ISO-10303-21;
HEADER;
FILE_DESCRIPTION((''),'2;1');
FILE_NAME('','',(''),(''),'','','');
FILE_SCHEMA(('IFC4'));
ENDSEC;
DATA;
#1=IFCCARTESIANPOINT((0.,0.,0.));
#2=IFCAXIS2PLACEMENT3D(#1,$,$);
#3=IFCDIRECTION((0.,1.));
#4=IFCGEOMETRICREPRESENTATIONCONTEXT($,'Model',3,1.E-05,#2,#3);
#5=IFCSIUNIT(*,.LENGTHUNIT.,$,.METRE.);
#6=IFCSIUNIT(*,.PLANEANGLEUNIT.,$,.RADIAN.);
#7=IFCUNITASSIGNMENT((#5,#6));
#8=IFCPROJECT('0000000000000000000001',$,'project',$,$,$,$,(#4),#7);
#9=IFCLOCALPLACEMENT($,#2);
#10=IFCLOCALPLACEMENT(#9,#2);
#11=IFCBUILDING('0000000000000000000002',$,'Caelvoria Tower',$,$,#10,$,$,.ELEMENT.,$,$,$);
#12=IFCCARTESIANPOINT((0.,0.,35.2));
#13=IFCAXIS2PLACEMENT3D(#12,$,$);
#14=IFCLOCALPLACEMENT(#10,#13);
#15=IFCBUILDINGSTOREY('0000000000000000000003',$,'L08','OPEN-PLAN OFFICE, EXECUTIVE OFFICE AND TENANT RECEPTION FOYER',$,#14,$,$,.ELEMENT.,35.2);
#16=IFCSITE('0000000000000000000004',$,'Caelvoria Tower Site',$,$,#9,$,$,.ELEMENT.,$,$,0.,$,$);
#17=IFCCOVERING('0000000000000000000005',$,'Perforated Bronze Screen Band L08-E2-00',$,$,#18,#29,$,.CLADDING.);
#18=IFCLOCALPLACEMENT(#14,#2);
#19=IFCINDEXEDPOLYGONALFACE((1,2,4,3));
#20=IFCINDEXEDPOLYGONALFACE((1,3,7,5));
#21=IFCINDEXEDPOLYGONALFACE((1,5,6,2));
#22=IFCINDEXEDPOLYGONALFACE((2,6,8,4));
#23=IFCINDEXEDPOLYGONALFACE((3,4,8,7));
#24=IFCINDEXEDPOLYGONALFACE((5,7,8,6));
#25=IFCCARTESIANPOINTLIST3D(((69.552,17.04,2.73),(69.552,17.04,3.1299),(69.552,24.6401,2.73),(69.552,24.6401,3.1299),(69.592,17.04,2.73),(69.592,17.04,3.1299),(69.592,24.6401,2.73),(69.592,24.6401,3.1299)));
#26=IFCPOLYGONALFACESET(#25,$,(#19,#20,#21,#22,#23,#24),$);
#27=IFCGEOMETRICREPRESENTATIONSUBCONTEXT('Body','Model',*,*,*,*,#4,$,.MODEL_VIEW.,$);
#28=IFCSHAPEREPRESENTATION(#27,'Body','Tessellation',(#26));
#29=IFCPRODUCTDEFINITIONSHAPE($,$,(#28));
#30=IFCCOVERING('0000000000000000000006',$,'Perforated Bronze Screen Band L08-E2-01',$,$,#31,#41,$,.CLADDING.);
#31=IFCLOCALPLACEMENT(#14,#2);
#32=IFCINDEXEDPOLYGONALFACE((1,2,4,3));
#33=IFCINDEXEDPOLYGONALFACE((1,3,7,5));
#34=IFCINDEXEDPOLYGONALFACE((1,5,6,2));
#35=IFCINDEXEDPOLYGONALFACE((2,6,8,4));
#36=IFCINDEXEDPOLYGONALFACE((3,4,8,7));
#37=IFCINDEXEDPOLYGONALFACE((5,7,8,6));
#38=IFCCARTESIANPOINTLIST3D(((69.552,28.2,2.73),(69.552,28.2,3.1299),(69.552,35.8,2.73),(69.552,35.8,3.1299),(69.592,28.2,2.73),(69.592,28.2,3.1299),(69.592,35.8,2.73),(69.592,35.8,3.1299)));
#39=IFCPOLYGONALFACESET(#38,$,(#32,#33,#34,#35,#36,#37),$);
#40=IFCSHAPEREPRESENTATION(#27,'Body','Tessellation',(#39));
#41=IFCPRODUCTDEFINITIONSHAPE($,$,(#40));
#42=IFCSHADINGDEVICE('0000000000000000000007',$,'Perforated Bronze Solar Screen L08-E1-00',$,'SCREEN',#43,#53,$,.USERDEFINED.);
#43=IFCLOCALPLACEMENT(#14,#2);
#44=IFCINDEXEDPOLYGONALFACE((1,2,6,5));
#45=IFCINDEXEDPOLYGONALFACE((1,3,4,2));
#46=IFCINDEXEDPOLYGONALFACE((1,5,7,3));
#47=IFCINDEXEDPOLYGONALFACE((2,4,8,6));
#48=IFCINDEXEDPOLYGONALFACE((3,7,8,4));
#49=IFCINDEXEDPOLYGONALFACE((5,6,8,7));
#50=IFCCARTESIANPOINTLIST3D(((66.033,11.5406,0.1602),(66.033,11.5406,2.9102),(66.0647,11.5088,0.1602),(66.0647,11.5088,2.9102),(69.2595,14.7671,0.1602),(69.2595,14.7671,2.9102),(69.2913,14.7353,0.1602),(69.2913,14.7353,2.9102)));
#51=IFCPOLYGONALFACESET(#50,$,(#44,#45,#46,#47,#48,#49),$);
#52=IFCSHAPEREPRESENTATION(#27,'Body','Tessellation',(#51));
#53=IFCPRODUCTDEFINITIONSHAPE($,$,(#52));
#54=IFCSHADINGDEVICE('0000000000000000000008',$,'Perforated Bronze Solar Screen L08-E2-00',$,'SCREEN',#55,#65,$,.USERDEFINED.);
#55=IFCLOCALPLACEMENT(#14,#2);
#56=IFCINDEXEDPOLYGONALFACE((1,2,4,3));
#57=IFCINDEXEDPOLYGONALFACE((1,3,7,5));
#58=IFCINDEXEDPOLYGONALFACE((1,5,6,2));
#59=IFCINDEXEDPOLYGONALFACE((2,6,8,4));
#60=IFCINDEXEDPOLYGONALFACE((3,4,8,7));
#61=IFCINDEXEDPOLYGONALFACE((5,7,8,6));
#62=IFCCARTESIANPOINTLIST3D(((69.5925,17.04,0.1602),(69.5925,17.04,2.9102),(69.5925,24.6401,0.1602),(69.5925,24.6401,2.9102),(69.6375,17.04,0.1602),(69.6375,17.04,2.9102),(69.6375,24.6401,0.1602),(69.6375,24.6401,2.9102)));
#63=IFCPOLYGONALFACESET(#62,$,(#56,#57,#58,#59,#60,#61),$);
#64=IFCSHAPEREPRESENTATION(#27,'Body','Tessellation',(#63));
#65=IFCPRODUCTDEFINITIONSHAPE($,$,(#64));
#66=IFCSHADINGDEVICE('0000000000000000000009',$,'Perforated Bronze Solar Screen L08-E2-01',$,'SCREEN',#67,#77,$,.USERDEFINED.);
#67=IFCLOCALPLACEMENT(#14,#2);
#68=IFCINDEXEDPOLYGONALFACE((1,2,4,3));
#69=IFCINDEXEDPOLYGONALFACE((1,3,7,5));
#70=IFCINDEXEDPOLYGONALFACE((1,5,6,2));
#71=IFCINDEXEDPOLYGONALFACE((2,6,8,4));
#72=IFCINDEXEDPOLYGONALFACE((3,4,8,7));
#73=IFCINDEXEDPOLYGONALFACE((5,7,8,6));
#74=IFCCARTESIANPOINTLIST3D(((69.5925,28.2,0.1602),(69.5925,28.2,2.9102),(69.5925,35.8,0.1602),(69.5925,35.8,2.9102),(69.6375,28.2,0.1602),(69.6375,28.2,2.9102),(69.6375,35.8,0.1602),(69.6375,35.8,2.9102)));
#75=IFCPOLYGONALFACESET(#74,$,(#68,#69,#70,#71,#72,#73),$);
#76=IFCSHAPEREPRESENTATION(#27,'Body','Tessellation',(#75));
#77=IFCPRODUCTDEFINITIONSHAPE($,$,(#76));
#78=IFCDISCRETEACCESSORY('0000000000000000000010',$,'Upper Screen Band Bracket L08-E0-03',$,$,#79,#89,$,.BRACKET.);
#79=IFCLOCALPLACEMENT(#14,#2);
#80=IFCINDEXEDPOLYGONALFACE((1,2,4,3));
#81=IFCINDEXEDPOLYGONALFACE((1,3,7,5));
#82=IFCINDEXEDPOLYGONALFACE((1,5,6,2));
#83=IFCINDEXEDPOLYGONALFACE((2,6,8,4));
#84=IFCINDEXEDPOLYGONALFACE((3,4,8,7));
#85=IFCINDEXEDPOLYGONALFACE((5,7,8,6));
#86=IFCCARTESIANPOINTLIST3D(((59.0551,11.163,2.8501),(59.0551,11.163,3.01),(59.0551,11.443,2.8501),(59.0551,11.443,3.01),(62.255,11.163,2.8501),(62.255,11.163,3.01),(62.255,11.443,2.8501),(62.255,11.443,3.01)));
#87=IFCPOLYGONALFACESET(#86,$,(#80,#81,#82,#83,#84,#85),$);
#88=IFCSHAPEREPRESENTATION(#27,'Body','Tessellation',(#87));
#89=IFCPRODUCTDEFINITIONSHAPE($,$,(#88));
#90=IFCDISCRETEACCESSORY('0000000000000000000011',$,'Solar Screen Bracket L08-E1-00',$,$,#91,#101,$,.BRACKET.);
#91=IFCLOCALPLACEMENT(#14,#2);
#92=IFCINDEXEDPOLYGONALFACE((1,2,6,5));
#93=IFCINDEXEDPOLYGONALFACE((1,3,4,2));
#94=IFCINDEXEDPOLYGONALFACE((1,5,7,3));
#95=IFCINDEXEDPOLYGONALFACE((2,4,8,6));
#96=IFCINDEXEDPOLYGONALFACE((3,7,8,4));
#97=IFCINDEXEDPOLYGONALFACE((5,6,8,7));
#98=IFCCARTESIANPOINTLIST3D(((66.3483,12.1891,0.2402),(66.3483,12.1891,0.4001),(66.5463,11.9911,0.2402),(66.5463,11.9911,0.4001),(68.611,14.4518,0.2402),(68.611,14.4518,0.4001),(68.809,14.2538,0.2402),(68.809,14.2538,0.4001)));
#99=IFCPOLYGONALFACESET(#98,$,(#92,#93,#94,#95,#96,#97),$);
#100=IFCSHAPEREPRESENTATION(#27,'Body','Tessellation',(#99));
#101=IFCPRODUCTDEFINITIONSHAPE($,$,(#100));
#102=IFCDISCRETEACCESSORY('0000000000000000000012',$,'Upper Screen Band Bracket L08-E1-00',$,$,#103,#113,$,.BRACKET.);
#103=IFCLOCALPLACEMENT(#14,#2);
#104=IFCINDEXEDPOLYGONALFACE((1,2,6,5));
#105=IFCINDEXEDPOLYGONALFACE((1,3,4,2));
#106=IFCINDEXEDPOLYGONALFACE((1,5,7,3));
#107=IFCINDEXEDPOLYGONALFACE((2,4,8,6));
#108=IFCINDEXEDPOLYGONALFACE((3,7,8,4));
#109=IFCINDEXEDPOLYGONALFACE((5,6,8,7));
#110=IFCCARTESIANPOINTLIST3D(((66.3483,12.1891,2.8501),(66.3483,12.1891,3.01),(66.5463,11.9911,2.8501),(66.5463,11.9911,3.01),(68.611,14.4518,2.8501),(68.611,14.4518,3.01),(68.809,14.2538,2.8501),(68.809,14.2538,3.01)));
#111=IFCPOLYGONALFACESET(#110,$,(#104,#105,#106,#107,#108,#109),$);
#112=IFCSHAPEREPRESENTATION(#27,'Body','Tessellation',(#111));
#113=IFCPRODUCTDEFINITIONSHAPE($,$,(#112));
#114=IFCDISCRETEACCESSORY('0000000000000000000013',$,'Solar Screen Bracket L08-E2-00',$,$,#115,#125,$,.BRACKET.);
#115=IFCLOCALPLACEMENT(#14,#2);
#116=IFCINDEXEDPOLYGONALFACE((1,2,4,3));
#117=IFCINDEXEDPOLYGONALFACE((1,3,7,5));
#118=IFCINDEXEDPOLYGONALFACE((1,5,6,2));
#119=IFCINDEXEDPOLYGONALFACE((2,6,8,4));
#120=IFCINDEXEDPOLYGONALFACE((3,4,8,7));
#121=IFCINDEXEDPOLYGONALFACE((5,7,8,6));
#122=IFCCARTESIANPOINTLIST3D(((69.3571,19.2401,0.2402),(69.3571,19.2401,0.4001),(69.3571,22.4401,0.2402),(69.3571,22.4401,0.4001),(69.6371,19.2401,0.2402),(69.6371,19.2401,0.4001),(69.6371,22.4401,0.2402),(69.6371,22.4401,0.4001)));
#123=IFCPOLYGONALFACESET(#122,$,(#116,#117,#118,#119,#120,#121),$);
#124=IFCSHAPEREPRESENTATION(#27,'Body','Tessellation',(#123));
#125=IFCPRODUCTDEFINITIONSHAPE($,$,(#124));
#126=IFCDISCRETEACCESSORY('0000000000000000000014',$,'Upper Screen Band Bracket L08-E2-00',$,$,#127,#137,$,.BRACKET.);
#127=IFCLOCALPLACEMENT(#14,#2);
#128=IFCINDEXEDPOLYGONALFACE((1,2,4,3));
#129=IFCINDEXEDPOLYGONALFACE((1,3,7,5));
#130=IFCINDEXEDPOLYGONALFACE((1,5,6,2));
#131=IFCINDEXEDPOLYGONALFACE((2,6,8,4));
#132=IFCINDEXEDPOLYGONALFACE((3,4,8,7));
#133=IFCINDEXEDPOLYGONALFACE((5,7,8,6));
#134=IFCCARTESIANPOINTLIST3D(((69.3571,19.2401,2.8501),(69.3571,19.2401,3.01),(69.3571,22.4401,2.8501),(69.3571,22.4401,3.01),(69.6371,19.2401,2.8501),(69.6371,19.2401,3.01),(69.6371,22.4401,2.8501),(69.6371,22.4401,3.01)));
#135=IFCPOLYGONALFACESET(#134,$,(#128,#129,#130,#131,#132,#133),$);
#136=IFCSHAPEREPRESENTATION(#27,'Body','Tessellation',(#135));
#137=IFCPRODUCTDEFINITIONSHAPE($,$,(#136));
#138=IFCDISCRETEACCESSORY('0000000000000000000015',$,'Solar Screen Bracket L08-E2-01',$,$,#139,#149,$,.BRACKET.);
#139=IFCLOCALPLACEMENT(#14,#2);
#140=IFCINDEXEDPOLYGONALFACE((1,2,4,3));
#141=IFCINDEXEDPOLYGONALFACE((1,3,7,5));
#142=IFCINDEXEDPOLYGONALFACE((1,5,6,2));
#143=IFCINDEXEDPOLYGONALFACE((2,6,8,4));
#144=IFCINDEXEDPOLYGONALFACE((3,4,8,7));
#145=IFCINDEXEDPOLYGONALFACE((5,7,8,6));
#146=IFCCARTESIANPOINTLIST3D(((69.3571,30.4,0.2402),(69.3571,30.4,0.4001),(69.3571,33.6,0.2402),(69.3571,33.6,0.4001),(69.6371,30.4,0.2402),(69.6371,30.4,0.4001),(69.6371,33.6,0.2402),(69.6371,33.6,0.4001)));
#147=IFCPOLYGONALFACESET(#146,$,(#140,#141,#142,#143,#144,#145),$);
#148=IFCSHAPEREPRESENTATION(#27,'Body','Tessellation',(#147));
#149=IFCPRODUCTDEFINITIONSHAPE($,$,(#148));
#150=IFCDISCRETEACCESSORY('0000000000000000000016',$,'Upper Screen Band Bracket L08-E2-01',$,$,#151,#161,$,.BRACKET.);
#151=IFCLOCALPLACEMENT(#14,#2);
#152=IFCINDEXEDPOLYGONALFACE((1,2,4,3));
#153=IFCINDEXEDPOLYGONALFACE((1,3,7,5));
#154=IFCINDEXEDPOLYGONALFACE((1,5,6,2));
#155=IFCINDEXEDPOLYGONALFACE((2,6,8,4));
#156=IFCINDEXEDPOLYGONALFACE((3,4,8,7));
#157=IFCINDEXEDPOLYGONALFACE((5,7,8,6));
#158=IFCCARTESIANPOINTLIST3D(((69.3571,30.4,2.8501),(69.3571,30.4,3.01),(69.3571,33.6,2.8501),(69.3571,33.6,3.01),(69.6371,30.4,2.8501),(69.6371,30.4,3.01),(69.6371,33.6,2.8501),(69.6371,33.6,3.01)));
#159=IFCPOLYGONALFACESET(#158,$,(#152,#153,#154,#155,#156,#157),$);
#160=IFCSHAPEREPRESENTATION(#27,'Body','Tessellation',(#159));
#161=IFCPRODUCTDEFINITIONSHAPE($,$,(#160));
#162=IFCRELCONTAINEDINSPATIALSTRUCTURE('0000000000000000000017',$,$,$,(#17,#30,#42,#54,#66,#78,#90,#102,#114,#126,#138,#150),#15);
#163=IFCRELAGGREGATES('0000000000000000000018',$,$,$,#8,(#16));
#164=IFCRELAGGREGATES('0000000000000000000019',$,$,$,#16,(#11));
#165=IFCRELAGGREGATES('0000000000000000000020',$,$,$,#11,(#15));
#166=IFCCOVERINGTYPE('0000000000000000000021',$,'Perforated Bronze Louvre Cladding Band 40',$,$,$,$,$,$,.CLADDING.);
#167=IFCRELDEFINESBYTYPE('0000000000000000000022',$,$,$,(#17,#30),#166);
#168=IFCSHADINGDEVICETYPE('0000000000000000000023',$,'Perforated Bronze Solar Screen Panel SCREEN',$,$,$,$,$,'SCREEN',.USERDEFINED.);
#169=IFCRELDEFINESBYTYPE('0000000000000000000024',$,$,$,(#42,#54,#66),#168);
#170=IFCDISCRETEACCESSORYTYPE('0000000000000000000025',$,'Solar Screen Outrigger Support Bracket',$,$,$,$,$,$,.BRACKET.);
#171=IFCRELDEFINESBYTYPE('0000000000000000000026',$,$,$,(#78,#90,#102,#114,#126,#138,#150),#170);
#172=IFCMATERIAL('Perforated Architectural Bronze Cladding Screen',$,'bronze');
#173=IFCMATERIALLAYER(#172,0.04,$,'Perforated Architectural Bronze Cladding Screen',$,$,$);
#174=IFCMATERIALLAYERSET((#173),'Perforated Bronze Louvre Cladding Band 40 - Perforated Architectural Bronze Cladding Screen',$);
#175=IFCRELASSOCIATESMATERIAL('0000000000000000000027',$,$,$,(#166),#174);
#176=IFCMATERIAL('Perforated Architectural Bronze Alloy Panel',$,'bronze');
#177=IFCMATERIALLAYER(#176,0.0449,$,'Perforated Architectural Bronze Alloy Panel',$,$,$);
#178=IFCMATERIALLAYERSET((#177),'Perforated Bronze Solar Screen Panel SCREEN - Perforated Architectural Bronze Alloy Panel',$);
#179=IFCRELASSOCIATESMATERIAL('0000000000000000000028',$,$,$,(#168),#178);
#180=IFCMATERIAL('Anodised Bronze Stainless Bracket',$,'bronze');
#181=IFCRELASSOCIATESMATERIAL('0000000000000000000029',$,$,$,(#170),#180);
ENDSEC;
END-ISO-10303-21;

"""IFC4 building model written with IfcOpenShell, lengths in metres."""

from ifc_helpers import new_model, si_unit, direction, frame, origin, origin_2d, place, context, subcontext, project, spatial, rectangle, extrude, material, layer, layer_set, type_object, element, save


model = new_model("IFC4")

# Units and contexts
model_context = context("Model", 3, precision=1e-05, world=origin(), true_north=direction((0.0, 1.0)))
body_context = subcontext(model_context, "Body", "Model", "MODEL_VIEW")
ifc_project = project(units=[si_unit("LENGTHUNIT", "METRE"), si_unit("PLANEANGLEUNIT", "RADIAN")], contexts=[model_context])

# Site, building, storey
site_placement = place(None, origin())
site = spatial("IfcSite", under=ifc_project, at=site_placement, Name="Caelvoria Tower Site", CompositionType="ELEMENT", RefElevation=0.0)
building_placement = place(site_placement, origin())
building = spatial("IfcBuilding", under=site, at=building_placement, Name="Caelvoria Tower", CompositionType="ELEMENT")
storey_placement = place(building_placement, frame((0.0, 0.0, 35.2)))
storey = spatial("IfcBuildingStorey", under=building, at=storey_placement, Name="L08", Description="OPEN-PLAN OFFICE, EXECUTIVE OFFICE AND TENANT RECEPTION FOYER", CompositionType="ELEMENT", Elevation=35.2)

# Coverings
ifc_material_1 = material(Name="Perforated Architectural Bronze Cladding Screen", Category="bronze")
ifc_layer_1 = layer(ifc_material_1, 0.04, Name="Perforated Architectural Bronze Cladding Screen")
ifc_layer_set_1 = layer_set([ifc_layer_1], Name="Perforated Bronze Louvre Cladding Band 40 - Perforated Architectural Bronze Cladding Screen")
covering_type = type_object("IfcCoveringType", Name="Perforated Bronze Louvre Cladding Band 40", PredefinedType="CLADDING", material=ifc_layer_set_1)
for number, where, z_axis, x_axis, name in (
    (1, (69.572, 20.8401, 2.73), (0.0, 0.0, 1.0), (0.0, 1.0, 0.0), "Perforated Bronze Screen Band L08-E2-00"),
    (2, (69.572, 32.0, 2.73), (0.0, 0.0, 1.0), (0.0, 1.0, 0.0), "Perforated Bronze Screen Band L08-E2-01"),
):
    element("IfcCovering", number, at=place(storey_placement, frame(where, z_axis=z_axis, x_axis=x_axis)), inside=storey, type_object=covering_type, Name=name, PredefinedType="CLADDING", context=body_context, shape_type="SweptSolid", body=[
        extrude(rectangle(XDim=7.6001, YDim=0.04, at=origin_2d()), origin(), (0.0, 0.0, 1.0), 0.3999),
    ])

# Shading devices
ifc_material_2 = material(Name="Perforated Architectural Bronze Alloy Panel", Category="bronze")
ifc_layer_2 = layer(ifc_material_2, 0.0449, Name="Perforated Architectural Bronze Alloy Panel")
ifc_layer_set_2 = layer_set([ifc_layer_2], Name="Perforated Bronze Solar Screen Panel SCREEN - Perforated Architectural Bronze Alloy Panel")
shading_device_type = type_object("IfcShadingDeviceType", Name="Perforated Bronze Solar Screen Panel SCREEN", ElementType="SCREEN", PredefinedType="USERDEFINED", material=ifc_layer_set_2)
shading_device_placement = place(storey_placement, frame((67.6621, 13.1379, 0.1602), z_axis=(0.0, 0.0, 1.0), x_axis=(0.707107, 0.707107, 0.0)))
element("IfcShadingDevice", 3, at=shading_device_placement, inside=storey, type_object=shading_device_type, Name="Perforated Bronze Solar Screen L08-E1-00", ObjectType="SCREEN", PredefinedType="USERDEFINED", context=body_context, shape_type="SweptSolid", body=[
    extrude(rectangle(XDim=4.563, YDim=0.0449, at=origin_2d()), origin(), (0.0, 0.0, 1.0), 2.75),
])
for number, where, z_axis, x_axis, name in (
    (4, (69.615, 20.8401, 0.1602), (0.0, 0.0, 1.0), (0.0, 1.0, 0.0), "Perforated Bronze Solar Screen L08-E2-00"),
    (5, (69.615, 32.0, 0.1602), (0.0, 0.0, 1.0), (0.0, 1.0, 0.0), "Perforated Bronze Solar Screen L08-E2-01"),
):
    element("IfcShadingDevice", number, at=place(storey_placement, frame(where, z_axis=z_axis, x_axis=x_axis)), inside=storey, type_object=shading_device_type, Name=name, ObjectType="SCREEN", PredefinedType="USERDEFINED", context=body_context, shape_type="SweptSolid", body=[
        extrude(rectangle(XDim=7.6001, YDim=0.0449, at=origin_2d()), origin(), (0.0, 0.0, 1.0), 2.75),
    ])

# Discrete accessories
ifc_material_3 = material(Name="Anodised Bronze Stainless Bracket", Category="bronze")
discrete_accessory_type = type_object("IfcDiscreteAccessoryType", Name="Solar Screen Outrigger Support Bracket", PredefinedType="BRACKET", material=ifc_material_3)
for number, where, z_axis, x_axis, name in (
    (6, (60.655, 11.303, 2.8501), (0.0, 0.0, 1.0), (1.0, 0.0, 0.0), "Upper Screen Band Bracket L08-E0-03"),
    (7, (67.5786, 13.2214, 0.2402), (0.0, 0.0, 1.0), (0.707107, 0.707107, 0.0), "Solar Screen Bracket L08-E1-00"),
    (8, (67.5786, 13.2214, 2.8501), (0.0, 0.0, 1.0), (0.707107, 0.707107, 0.0), "Upper Screen Band Bracket L08-E1-00"),
    (9, (69.4971, 20.8401, 0.2402), (0.0, 0.0, 1.0), (0.0, 1.0, 0.0), "Solar Screen Bracket L08-E2-00"),
    (10, (69.4971, 20.8401, 2.8501), (0.0, 0.0, 1.0), (0.0, 1.0, 0.0), "Upper Screen Band Bracket L08-E2-00"),
    (11, (69.4971, 32.0, 0.2402), (0.0, 0.0, 1.0), (0.0, 1.0, 0.0), "Solar Screen Bracket L08-E2-01"),
    (12, (69.4971, 32.0, 2.8501), (0.0, 0.0, 1.0), (0.0, 1.0, 0.0), "Upper Screen Band Bracket L08-E2-01"),
):
    element("IfcDiscreteAccessory", number, at=place(storey_placement, frame(where, z_axis=z_axis, x_axis=x_axis)), inside=storey, type_object=discrete_accessory_type, Name=name, PredefinedType="BRACKET", context=body_context, shape_type="SweptSolid", body=[
        extrude(rectangle(XDim=3.2, YDim=0.28, at=origin_2d()), origin(), (0.0, 0.0, 1.0), 0.1599),
    ])

save(model, "model.ifc")
